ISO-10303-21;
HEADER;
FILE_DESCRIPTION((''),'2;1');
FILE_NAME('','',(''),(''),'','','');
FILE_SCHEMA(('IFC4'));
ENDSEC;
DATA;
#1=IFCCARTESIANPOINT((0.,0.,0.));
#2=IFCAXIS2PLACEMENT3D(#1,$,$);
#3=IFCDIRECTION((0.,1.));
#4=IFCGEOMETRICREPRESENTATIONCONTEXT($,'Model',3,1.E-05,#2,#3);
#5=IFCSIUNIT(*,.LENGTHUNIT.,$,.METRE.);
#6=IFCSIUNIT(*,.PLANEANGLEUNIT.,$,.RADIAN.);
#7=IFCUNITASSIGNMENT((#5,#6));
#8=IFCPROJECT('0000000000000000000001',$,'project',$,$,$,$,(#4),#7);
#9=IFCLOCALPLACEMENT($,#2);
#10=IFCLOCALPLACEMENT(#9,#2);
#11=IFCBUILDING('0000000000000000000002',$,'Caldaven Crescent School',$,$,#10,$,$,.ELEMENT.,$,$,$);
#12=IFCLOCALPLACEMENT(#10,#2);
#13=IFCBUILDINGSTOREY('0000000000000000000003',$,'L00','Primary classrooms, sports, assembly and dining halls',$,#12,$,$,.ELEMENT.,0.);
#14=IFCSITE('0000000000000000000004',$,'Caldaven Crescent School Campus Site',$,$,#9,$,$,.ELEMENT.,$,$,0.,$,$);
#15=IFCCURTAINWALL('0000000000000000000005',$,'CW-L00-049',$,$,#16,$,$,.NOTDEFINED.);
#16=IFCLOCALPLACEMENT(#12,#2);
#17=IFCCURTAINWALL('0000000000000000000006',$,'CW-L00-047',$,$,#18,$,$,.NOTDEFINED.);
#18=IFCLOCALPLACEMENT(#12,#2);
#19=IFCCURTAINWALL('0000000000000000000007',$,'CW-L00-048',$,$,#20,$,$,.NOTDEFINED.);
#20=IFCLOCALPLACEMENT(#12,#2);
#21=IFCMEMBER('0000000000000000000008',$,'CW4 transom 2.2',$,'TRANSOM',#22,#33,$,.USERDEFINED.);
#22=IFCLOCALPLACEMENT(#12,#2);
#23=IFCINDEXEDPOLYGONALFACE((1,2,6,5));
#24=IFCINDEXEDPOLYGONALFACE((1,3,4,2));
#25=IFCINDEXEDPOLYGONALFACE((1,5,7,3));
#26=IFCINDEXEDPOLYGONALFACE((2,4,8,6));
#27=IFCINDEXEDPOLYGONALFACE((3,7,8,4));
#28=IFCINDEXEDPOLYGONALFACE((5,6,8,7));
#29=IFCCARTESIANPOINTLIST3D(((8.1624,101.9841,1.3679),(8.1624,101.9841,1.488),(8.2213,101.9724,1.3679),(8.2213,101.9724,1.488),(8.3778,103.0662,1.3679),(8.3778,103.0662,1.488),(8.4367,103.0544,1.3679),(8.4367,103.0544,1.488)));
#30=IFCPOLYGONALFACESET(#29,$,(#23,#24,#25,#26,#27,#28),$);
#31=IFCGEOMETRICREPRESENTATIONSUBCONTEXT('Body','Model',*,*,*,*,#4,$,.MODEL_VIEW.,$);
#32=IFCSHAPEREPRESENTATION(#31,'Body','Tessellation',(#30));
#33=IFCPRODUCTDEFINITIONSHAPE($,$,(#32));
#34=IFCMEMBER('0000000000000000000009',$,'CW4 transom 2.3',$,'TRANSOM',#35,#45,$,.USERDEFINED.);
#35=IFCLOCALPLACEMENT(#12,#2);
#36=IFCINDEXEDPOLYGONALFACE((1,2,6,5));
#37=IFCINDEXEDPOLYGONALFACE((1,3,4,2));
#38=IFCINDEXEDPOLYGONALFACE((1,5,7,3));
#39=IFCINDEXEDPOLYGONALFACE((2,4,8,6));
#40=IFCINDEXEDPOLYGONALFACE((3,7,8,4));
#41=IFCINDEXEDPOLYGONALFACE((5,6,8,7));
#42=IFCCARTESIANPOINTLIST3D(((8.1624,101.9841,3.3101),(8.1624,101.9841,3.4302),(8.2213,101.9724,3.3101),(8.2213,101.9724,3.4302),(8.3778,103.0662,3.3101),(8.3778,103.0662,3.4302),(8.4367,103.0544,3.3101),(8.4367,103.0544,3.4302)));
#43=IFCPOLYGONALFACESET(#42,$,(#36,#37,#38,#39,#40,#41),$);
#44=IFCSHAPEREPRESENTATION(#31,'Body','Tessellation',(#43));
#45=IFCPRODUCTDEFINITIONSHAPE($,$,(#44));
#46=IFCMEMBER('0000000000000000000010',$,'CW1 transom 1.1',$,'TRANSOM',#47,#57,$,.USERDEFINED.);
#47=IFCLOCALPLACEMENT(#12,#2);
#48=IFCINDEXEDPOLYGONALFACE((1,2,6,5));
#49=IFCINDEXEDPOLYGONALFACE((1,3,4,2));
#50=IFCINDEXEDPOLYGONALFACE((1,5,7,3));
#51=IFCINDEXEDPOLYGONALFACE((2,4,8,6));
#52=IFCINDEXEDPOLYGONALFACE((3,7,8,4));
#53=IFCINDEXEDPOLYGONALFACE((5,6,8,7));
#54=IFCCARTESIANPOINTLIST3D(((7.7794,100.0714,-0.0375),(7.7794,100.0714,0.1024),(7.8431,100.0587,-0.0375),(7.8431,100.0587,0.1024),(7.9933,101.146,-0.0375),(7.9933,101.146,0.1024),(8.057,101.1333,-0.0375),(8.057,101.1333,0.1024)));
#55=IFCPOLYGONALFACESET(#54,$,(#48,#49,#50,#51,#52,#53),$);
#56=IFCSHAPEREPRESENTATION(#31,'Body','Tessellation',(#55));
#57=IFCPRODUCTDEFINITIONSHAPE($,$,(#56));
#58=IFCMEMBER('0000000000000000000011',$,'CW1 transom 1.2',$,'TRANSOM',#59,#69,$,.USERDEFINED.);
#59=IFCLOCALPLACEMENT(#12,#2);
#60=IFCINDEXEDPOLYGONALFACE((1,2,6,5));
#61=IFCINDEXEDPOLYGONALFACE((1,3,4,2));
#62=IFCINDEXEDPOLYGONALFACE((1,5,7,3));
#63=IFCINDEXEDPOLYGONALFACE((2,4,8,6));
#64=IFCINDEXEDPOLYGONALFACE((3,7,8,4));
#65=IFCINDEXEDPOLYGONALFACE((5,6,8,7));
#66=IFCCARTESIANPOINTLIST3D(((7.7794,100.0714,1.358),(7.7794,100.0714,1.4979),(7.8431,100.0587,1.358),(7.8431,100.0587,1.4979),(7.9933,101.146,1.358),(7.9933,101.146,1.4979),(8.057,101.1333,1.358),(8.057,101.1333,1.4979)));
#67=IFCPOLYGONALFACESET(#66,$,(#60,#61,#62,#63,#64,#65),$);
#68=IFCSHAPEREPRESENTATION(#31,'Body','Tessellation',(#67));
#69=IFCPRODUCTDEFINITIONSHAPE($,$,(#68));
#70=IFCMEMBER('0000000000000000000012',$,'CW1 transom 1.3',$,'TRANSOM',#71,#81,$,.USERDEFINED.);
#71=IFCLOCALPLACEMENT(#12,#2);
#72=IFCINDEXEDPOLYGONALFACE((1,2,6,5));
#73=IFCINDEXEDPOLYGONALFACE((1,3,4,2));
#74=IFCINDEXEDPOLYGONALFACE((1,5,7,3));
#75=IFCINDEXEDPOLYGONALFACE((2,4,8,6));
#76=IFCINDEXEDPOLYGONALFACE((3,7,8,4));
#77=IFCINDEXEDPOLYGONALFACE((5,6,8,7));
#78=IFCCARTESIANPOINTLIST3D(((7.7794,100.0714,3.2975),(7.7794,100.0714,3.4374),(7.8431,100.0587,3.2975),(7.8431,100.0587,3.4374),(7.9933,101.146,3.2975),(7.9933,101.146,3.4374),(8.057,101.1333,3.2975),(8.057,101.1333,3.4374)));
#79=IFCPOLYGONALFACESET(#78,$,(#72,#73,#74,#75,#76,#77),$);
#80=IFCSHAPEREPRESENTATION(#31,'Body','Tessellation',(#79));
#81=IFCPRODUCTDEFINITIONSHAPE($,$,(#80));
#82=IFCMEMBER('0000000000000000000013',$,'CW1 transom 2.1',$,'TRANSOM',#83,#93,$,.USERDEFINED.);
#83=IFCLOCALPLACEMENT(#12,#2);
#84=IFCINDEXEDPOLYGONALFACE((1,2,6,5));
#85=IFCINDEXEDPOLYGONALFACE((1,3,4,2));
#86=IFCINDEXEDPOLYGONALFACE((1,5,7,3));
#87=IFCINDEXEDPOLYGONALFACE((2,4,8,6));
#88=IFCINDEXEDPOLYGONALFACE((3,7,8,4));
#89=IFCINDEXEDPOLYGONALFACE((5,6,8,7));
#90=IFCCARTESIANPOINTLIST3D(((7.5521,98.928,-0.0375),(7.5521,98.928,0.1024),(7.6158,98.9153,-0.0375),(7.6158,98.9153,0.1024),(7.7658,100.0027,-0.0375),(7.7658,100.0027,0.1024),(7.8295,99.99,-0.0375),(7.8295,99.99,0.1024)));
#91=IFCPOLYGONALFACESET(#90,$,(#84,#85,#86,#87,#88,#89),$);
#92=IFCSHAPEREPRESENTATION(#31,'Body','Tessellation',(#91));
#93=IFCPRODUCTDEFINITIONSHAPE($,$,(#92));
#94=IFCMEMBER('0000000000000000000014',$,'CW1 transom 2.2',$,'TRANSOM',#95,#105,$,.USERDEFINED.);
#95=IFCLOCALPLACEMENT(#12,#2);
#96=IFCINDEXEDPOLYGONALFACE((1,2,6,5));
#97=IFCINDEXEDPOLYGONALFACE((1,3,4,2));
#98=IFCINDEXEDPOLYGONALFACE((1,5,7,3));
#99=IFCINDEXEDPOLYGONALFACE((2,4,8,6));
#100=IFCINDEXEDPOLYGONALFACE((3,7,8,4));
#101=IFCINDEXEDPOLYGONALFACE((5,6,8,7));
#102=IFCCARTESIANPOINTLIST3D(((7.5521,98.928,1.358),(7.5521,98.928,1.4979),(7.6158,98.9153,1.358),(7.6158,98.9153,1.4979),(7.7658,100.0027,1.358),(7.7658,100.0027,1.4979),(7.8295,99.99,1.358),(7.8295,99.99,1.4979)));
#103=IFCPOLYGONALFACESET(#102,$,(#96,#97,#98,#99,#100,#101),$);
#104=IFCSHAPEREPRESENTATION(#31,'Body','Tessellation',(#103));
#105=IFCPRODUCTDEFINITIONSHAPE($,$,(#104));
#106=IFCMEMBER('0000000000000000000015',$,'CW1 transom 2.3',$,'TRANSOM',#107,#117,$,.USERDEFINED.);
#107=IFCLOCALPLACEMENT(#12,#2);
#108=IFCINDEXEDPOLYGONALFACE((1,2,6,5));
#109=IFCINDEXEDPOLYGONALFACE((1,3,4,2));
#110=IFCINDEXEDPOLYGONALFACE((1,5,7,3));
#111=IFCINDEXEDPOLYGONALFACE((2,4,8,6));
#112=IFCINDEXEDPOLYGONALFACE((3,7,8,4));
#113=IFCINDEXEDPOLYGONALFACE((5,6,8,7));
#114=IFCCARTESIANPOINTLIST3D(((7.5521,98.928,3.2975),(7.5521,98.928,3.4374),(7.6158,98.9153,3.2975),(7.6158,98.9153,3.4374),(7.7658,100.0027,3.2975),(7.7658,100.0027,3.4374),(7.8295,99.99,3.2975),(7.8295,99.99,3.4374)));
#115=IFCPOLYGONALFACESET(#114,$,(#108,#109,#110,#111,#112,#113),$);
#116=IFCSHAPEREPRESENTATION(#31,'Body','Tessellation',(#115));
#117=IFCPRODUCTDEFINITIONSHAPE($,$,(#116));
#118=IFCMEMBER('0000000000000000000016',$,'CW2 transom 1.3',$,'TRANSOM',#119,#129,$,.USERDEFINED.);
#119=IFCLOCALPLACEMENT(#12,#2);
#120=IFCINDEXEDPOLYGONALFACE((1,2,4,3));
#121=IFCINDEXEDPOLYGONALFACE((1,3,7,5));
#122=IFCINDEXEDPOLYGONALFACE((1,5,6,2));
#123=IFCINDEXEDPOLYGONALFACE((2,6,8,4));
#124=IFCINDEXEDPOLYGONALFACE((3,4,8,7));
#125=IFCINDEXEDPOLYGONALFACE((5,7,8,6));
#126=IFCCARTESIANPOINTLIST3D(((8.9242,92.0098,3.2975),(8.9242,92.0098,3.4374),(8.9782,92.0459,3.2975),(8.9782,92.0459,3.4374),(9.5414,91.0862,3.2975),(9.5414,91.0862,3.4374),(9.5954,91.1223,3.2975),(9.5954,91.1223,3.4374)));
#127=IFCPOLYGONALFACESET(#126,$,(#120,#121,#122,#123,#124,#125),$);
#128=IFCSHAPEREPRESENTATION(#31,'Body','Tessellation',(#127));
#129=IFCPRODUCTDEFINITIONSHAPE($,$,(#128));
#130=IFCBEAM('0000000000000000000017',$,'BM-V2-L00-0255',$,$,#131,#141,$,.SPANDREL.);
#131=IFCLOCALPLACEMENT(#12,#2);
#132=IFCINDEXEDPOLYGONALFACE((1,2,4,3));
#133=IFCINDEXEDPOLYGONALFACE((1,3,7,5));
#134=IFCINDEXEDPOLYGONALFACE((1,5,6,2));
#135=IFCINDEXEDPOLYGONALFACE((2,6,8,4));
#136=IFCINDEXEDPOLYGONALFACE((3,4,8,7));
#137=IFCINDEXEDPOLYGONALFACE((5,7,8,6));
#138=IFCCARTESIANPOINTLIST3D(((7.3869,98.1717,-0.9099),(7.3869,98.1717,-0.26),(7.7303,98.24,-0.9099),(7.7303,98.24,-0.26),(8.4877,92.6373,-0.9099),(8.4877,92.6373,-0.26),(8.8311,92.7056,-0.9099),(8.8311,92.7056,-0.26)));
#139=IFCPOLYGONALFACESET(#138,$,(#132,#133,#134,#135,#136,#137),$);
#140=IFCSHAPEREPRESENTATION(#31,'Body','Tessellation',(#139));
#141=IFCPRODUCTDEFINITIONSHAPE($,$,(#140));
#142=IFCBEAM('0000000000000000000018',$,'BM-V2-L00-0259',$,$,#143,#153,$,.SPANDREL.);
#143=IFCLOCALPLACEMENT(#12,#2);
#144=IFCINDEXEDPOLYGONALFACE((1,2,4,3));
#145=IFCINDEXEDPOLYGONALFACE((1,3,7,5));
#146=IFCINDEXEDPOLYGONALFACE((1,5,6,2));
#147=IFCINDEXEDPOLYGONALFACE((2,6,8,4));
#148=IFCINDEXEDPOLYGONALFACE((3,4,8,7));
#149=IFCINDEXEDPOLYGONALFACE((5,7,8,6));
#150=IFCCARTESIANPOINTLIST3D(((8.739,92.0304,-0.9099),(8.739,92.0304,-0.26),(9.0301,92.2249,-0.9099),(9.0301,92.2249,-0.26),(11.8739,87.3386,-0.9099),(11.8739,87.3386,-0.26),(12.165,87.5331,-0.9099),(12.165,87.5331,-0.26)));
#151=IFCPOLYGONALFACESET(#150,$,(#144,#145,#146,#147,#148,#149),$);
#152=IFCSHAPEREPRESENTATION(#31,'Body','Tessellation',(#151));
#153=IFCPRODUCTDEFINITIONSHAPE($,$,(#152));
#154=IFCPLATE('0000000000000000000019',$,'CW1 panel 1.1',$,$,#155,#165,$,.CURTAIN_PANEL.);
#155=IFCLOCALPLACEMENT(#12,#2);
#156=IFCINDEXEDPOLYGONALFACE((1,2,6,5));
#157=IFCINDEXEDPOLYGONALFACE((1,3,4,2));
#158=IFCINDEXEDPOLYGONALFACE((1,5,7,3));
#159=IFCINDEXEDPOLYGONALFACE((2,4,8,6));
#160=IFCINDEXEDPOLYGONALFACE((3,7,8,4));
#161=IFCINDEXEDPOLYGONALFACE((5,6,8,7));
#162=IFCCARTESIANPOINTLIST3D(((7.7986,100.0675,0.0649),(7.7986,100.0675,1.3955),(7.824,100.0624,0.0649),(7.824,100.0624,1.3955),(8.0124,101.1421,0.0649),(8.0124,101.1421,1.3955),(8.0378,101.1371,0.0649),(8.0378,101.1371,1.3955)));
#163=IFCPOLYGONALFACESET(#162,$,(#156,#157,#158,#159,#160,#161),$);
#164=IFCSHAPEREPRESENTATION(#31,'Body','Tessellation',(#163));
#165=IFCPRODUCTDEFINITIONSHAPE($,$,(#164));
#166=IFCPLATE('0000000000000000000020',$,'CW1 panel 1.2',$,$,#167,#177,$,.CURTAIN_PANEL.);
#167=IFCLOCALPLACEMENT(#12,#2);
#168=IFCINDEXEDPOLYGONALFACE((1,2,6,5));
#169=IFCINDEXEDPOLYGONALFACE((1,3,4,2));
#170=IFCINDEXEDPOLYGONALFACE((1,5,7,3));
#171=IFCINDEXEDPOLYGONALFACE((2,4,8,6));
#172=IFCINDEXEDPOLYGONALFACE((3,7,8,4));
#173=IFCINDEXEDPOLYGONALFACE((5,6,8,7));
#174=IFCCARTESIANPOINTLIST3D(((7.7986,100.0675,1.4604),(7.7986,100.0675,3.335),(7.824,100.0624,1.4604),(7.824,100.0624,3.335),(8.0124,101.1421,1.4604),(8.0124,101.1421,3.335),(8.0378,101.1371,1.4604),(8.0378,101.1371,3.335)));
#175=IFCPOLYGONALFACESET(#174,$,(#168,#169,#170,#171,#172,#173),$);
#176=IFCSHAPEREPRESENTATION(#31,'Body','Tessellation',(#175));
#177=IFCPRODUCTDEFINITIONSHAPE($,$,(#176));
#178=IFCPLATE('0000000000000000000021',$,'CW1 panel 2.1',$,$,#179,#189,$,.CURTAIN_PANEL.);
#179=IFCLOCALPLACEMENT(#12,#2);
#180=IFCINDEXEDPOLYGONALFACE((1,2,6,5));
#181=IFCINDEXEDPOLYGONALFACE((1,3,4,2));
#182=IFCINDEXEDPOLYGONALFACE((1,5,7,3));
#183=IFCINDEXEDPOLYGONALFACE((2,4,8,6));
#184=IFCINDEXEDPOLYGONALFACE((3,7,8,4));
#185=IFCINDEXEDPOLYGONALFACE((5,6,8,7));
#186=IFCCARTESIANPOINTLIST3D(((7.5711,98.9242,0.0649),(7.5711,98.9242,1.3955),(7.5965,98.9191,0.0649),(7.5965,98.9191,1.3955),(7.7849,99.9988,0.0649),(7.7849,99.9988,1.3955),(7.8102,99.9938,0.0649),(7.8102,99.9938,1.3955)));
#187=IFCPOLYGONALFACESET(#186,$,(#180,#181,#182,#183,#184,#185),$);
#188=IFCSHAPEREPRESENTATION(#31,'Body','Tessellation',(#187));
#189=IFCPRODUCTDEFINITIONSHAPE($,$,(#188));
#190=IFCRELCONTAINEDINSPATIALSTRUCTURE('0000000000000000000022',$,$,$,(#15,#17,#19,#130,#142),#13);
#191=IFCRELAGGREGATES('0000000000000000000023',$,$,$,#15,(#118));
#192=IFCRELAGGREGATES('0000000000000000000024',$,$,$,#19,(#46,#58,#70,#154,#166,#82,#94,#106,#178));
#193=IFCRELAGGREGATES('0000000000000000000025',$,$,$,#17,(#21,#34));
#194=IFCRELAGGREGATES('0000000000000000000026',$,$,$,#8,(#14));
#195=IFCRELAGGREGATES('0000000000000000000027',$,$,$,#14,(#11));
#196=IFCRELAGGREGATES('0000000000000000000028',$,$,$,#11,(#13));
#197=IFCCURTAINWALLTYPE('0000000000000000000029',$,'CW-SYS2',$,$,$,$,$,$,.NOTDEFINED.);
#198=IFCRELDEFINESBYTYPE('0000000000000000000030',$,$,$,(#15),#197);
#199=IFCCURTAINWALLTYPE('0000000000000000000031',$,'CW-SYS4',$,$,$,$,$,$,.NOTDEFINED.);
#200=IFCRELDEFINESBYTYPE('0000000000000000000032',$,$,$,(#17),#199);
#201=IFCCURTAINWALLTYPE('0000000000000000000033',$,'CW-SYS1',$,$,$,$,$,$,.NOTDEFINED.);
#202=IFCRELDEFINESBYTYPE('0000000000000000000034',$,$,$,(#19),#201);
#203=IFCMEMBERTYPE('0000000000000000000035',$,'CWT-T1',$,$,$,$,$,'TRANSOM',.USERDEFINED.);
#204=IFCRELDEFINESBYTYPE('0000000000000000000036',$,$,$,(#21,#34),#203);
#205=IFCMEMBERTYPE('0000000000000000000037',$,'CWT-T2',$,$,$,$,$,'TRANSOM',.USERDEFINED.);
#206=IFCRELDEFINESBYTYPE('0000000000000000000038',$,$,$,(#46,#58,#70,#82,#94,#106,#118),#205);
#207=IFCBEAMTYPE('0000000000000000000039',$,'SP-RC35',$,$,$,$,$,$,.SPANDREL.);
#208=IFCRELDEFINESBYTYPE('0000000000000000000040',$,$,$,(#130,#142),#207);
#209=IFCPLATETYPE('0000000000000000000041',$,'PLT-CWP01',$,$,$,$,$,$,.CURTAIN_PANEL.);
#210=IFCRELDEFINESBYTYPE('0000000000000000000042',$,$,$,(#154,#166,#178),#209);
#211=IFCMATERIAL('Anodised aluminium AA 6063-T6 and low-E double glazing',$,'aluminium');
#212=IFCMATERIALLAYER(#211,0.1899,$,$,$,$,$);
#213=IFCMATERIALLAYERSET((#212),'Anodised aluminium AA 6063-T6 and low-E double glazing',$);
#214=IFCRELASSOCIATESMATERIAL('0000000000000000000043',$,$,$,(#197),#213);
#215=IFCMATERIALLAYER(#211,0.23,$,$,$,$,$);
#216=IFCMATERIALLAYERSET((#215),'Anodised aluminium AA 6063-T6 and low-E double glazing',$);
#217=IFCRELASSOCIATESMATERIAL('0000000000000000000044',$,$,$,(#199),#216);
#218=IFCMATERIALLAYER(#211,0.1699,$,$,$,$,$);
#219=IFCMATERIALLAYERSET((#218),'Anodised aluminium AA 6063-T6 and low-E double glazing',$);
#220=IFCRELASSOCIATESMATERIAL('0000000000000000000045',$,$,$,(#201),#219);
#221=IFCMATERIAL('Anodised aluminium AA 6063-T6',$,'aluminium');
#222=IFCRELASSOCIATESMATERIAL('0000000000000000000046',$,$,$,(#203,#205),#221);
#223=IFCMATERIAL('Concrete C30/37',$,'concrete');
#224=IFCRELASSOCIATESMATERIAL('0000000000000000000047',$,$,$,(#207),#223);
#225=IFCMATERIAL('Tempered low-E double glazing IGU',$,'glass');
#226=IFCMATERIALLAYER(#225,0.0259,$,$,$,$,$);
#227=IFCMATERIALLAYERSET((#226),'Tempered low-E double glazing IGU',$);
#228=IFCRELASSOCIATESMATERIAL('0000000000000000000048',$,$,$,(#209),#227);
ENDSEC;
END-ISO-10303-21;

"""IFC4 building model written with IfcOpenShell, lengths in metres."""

from ifc_helpers import new_model, si_unit, direction, frame, origin, origin_2d, place, context, subcontext, project, spatial, rectangle, extrude, material, layer, layer_set, material_profile, profile_set, type_object, element, aggregate, save


model = new_model("IFC4")

# Units and contexts
model_context = context("Model", 3, precision=1e-05, world=origin(), true_north=direction((0.0, 1.0)))
body_context = subcontext(model_context, "Body", "Model", "MODEL_VIEW")
ifc_project = project(units=[si_unit("LENGTHUNIT", "METRE"), si_unit("PLANEANGLEUNIT", "RADIAN")], contexts=[model_context])

# Site, building, storey
site_placement = place(None, origin())
site = spatial("IfcSite", under=ifc_project, at=site_placement, Name="Caldaven Crescent School Campus Site", CompositionType="ELEMENT", RefElevation=0.0)
building_placement = place(site_placement, origin())
building = spatial("IfcBuilding", under=site, at=building_placement, Name="Caldaven Crescent School", CompositionType="ELEMENT")
storey_placement = place(building_placement, origin())
storey = spatial("IfcBuildingStorey", under=building, at=storey_placement, Name="L00", Description="Primary classrooms, sports, assembly and dining halls", CompositionType="ELEMENT", Elevation=0.0)

# Shared definitions
ifc_material_1 = material(Name="Concrete C30/37", Category="concrete")

# Curtain wall
ifc_material_2 = material(Name="Anodised aluminium AA 6063-T6 and low-E double glazing", Category="aluminium")
ifc_layer_1 = layer(ifc_material_2, 0.1899)
ifc_layer_set_1 = layer_set([ifc_layer_1], Name="Anodised aluminium AA 6063-T6 and low-E double glazing")
curtain_wall_type_1 = type_object("IfcCurtainWallType", Name="CW-SYS2", PredefinedType="NOTDEFINED", material=ifc_layer_set_1)
curtain_wall_1_placement = place(storey_placement, origin())
curtain_wall_1 = element("IfcCurtainWall", 1, at=curtain_wall_1_placement, inside=storey, type_object=curtain_wall_type_1, Name="CW-L00-049", PredefinedType="NOTDEFINED")
ifc_material_3 = material(Name="Anodised aluminium AA 6063-T6", Category="aluminium")

# Curtain walls
ifc_layer_2 = layer(ifc_material_2, 0.23)
ifc_layer_set_2 = layer_set([ifc_layer_2], Name="Anodised aluminium AA 6063-T6 and low-E double glazing")
curtain_wall_type_2 = type_object("IfcCurtainWallType", Name="CW-SYS4", PredefinedType="NOTDEFINED", material=ifc_layer_set_2)
curtain_wall_2_placement = place(storey_placement, origin())
curtain_wall_2 = element("IfcCurtainWall", 2, at=curtain_wall_2_placement, inside=storey, type_object=curtain_wall_type_2, Name="CW-L00-047", PredefinedType="NOTDEFINED")
ifc_layer_3 = layer(ifc_material_2, 0.1699)
ifc_layer_set_3 = layer_set([ifc_layer_3], Name="Anodised aluminium AA 6063-T6 and low-E double glazing")
curtain_wall_type_3 = type_object("IfcCurtainWallType", Name="CW-SYS1", PredefinedType="NOTDEFINED", material=ifc_layer_set_3)
curtain_wall_3_placement = place(storey_placement, origin())
curtain_wall_3 = element("IfcCurtainWall", 3, at=curtain_wall_3_placement, inside=storey, type_object=curtain_wall_type_3, Name="CW-L00-048", PredefinedType="NOTDEFINED")

# Members
ifc_material_profile_1 = material_profile(ifc_material_3, rectangle(XDim=0.0601, YDim=0.1201, at=origin_2d()), Name="CWT 60x120")
ifc_profile_set_1 = profile_set([ifc_material_profile_1], Name="Anodised aluminium AA 6063-T6")
member_type_1 = type_object("IfcMemberType", Name="CWT-T1", ElementType="TRANSOM", PredefinedType="USERDEFINED", material=ifc_profile_set_1)
member_1_placement = place(storey_placement, frame((8.4072, 103.0603, 1.428), z_axis=(-0.19518, -0.980767, 0.0), x_axis=(0.980767, -0.19518, 0.0)))
member_1 = element("IfcMember", 4, at=member_1_placement, type_object=member_type_1, Name="CW4 transom 2.2", ObjectType="TRANSOM", PredefinedType="USERDEFINED", context=body_context, shape_type="SweptSolid", body=[
    extrude(rectangle(XDim=0.0601, YDim=0.1201, at=origin_2d()), origin(), (0.0, 0.0, 1.0), 1.1033),
])
member_2_placement = place(storey_placement, frame((8.4072, 103.0603, 3.3701), z_axis=(-0.19518, -0.980767, 0.0), x_axis=(0.980767, -0.19518, 0.0)))
member_2 = element("IfcMember", 5, at=member_2_placement, type_object=member_type_1, Name="CW4 transom 2.3", ObjectType="TRANSOM", PredefinedType="USERDEFINED", context=body_context, shape_type="SweptSolid", body=[
    extrude(rectangle(XDim=0.0601, YDim=0.1201, at=origin_2d()), origin(), (0.0, 0.0, 1.0), 1.1033),
])
ifc_material_profile_2 = material_profile(ifc_material_3, rectangle(XDim=0.0649, YDim=0.1399, at=origin_2d()), Name="CWT 65x140")
ifc_profile_set_2 = profile_set([ifc_material_profile_2], Name="Anodised aluminium AA 6063-T6")
member_type_2 = type_object("IfcMemberType", Name="CWT-T2", ElementType="TRANSOM", PredefinedType="USERDEFINED", material=ifc_profile_set_2)
member_3_placement = place(storey_placement, frame((8.0251, 101.1396, 0.0325), z_axis=(-0.195173, -0.980769, 0.0), x_axis=(0.980769, -0.195173, 0.0)))
member_3 = element("IfcMember", 6, at=member_3_placement, type_object=member_type_2, Name="CW1 transom 1.1", ObjectType="TRANSOM", PredefinedType="USERDEFINED", context=body_context, shape_type="SweptSolid", body=[
    extrude(rectangle(XDim=0.0649, YDim=0.1399, at=origin_2d()), origin(), (0.0, 0.0, 1.0), 1.0957),
])
member_4_placement = place(storey_placement, frame((8.0251, 101.1396, 1.428), z_axis=(-0.195173, -0.980769, 0.0), x_axis=(0.980769, -0.195173, 0.0)))
member_4 = element("IfcMember", 7, at=member_4_placement, type_object=member_type_2, Name="CW1 transom 1.2", ObjectType="TRANSOM", PredefinedType="USERDEFINED", context=body_context, shape_type="SweptSolid", body=[
    extrude(rectangle(XDim=0.0649, YDim=0.1399, at=origin_2d()), origin(), (0.0, 0.0, 1.0), 1.0957),
])
member_5_placement = place(storey_placement, frame((8.0251, 101.1396, 3.3674), z_axis=(-0.195173, -0.980769, 0.0), x_axis=(0.980769, -0.195173, 0.0)))
member_5 = element("IfcMember", 8, at=member_5_placement, type_object=member_type_2, Name="CW1 transom 1.3", ObjectType="TRANSOM", PredefinedType="USERDEFINED", context=body_context, shape_type="SweptSolid", body=[
    extrude(rectangle(XDim=0.0649, YDim=0.1399, at=origin_2d()), origin(), (0.0, 0.0, 1.0), 1.0957),
])
member_6_placement = place(storey_placement, frame((7.7976, 99.9963, 0.0325), z_axis=(-0.194959, -0.980811, 0.0), x_axis=(0.980811, -0.194959, 0.0)))
member_6 = element("IfcMember", 9, at=member_6_placement, type_object=member_type_2, Name="CW1 transom 2.1", ObjectType="TRANSOM", PredefinedType="USERDEFINED", context=body_context, shape_type="SweptSolid", body=[
    extrude(rectangle(XDim=0.0649, YDim=0.1399, at=origin_2d()), origin(), (0.0, 0.0, 1.0), 1.0957),
])
member_7_placement = place(storey_placement, frame((7.7976, 99.9963, 1.428), z_axis=(-0.194959, -0.980811, 0.0), x_axis=(0.980811, -0.194959, 0.0)))
member_7 = element("IfcMember", 10, at=member_7_placement, type_object=member_type_2, Name="CW1 transom 2.2", ObjectType="TRANSOM", PredefinedType="USERDEFINED", context=body_context, shape_type="SweptSolid", body=[
    extrude(rectangle(XDim=0.0649, YDim=0.1399, at=origin_2d()), origin(), (0.0, 0.0, 1.0), 1.0957),
])
member_8_placement = place(storey_placement, frame((7.7976, 99.9963, 3.3674), z_axis=(-0.194959, -0.980811, 0.0), x_axis=(0.980811, -0.194959, 0.0)))
member_8 = element("IfcMember", 11, at=member_8_placement, type_object=member_type_2, Name="CW1 transom 2.3", ObjectType="TRANSOM", PredefinedType="USERDEFINED", context=body_context, shape_type="SweptSolid", body=[
    extrude(rectangle(XDim=0.0649, YDim=0.1399, at=origin_2d()), origin(), (0.0, 0.0, 1.0), 1.0957),
])
member_9_placement = place(storey_placement, frame((8.9512, 92.0278, 3.3674), z_axis=(0.555613, -0.831441, 0.0), x_axis=(0.831441, 0.555613, 0.0)))
member_9 = element("IfcMember", 12, at=member_9_placement, type_object=member_type_2, Name="CW2 transom 1.3", ObjectType="TRANSOM", PredefinedType="USERDEFINED", context=body_context, shape_type="SweptSolid", body=[
    extrude(rectangle(XDim=0.0649, YDim=0.1399, at=origin_2d()), origin(), (0.0, 0.0, 1.0), 1.1108),
])
aggregate(curtain_wall_1, [member_9])

# Beams
ifc_material_profile_3 = material_profile(ifc_material_1, rectangle(XDim=0.3501, YDim=0.6499, at=origin_2d()), Name="RC 350x650")
ifc_profile_set_3 = profile_set([ifc_material_profile_3], Name="Concrete C30/37")
beam_type = type_object("IfcBeamType", Name="SP-RC35", PredefinedType="SPANDREL", material=ifc_profile_set_3)
for number, where, z_axis, x_axis, name in (
    (13, (7.5586, 98.2058, -0.585), (0.195084, -0.980786, 0.0), (0.980786, 0.195084, 0.0), "BM-V2-L00-0255"),
    (14, (8.8845, 92.1277, -0.585), (0.555569, -0.831471, 0.0), (0.831471, 0.555569, 0.0), "BM-V2-L00-0259"),
):
    element("IfcBeam", number, at=place(storey_placement, frame(where, z_axis=z_axis, x_axis=x_axis)), inside=storey, type_object=beam_type, Name=name, PredefinedType="SPANDREL", context=body_context, shape_type="SweptSolid", body=[
        extrude(rectangle(XDim=0.3501, YDim=0.6499, at=origin_2d()), origin(), (0.0, 0.0, 1.0), 5.6428),
    ])

# Plates
ifc_material_4 = material(Name="Tempered low-E double glazing IGU", Category="glass")
ifc_layer_4 = layer(ifc_material_4, 0.0259)
ifc_layer_set_4 = layer_set([ifc_layer_4], Name="Tempered low-E double glazing IGU")
plate_type_1 = type_object("IfcPlateType", Name="PLT-CWP01", PredefinedType="CURTAIN_PANEL", material=ifc_layer_set_4)
plate_1_placement = place(storey_placement, frame((7.9182, 100.6023, 0.0649), z_axis=(0.0, 0.0, 1.0), x_axis=(-0.195091, -0.980785, 0.0)))
plate_1 = element("IfcPlate", 15, at=plate_1_placement, type_object=plate_type_1, Name="CW1 panel 1.1", PredefinedType="CURTAIN_PANEL", context=body_context, shape_type="SweptSolid", body=[
    extrude(rectangle(XDim=1.0957, YDim=0.0259, at=origin_2d()), origin(), (0.0, 0.0, 1.0), 1.3306),
])
plate_2_placement = place(storey_placement, frame((7.9182, 100.6023, 1.4604), z_axis=(0.0, 0.0, 1.0), x_axis=(-0.195091, -0.980785, 0.0)))
plate_2 = element("IfcPlate", 16, at=plate_2_placement, type_object=plate_type_1, Name="CW1 panel 1.2", PredefinedType="CURTAIN_PANEL", context=body_context, shape_type="SweptSolid", body=[
    extrude(rectangle(XDim=1.0957, YDim=0.0259, at=origin_2d()), origin(), (0.0, 0.0, 1.0), 1.8745),
])
plate_3_placement = place(storey_placement, frame((7.6907, 99.459, 0.0649), z_axis=(0.0, 0.0, 1.0), x_axis=(-0.195091, -0.980785, 0.0)))
plate_3 = element("IfcPlate", 17, at=plate_3_placement, type_object=plate_type_1, Name="CW1 panel 2.1", PredefinedType="CURTAIN_PANEL", context=body_context, shape_type="SweptSolid", body=[
    extrude(rectangle(XDim=1.0957, YDim=0.0259, at=origin_2d()), origin(), (0.0, 0.0, 1.0), 1.3306),
])
aggregate(curtain_wall_3, [member_3, member_4, member_5, plate_1, plate_2, member_6, member_7, member_8, plate_3])
aggregate(curtain_wall_2, [member_1, member_2])

save(model, "model.ifc")
